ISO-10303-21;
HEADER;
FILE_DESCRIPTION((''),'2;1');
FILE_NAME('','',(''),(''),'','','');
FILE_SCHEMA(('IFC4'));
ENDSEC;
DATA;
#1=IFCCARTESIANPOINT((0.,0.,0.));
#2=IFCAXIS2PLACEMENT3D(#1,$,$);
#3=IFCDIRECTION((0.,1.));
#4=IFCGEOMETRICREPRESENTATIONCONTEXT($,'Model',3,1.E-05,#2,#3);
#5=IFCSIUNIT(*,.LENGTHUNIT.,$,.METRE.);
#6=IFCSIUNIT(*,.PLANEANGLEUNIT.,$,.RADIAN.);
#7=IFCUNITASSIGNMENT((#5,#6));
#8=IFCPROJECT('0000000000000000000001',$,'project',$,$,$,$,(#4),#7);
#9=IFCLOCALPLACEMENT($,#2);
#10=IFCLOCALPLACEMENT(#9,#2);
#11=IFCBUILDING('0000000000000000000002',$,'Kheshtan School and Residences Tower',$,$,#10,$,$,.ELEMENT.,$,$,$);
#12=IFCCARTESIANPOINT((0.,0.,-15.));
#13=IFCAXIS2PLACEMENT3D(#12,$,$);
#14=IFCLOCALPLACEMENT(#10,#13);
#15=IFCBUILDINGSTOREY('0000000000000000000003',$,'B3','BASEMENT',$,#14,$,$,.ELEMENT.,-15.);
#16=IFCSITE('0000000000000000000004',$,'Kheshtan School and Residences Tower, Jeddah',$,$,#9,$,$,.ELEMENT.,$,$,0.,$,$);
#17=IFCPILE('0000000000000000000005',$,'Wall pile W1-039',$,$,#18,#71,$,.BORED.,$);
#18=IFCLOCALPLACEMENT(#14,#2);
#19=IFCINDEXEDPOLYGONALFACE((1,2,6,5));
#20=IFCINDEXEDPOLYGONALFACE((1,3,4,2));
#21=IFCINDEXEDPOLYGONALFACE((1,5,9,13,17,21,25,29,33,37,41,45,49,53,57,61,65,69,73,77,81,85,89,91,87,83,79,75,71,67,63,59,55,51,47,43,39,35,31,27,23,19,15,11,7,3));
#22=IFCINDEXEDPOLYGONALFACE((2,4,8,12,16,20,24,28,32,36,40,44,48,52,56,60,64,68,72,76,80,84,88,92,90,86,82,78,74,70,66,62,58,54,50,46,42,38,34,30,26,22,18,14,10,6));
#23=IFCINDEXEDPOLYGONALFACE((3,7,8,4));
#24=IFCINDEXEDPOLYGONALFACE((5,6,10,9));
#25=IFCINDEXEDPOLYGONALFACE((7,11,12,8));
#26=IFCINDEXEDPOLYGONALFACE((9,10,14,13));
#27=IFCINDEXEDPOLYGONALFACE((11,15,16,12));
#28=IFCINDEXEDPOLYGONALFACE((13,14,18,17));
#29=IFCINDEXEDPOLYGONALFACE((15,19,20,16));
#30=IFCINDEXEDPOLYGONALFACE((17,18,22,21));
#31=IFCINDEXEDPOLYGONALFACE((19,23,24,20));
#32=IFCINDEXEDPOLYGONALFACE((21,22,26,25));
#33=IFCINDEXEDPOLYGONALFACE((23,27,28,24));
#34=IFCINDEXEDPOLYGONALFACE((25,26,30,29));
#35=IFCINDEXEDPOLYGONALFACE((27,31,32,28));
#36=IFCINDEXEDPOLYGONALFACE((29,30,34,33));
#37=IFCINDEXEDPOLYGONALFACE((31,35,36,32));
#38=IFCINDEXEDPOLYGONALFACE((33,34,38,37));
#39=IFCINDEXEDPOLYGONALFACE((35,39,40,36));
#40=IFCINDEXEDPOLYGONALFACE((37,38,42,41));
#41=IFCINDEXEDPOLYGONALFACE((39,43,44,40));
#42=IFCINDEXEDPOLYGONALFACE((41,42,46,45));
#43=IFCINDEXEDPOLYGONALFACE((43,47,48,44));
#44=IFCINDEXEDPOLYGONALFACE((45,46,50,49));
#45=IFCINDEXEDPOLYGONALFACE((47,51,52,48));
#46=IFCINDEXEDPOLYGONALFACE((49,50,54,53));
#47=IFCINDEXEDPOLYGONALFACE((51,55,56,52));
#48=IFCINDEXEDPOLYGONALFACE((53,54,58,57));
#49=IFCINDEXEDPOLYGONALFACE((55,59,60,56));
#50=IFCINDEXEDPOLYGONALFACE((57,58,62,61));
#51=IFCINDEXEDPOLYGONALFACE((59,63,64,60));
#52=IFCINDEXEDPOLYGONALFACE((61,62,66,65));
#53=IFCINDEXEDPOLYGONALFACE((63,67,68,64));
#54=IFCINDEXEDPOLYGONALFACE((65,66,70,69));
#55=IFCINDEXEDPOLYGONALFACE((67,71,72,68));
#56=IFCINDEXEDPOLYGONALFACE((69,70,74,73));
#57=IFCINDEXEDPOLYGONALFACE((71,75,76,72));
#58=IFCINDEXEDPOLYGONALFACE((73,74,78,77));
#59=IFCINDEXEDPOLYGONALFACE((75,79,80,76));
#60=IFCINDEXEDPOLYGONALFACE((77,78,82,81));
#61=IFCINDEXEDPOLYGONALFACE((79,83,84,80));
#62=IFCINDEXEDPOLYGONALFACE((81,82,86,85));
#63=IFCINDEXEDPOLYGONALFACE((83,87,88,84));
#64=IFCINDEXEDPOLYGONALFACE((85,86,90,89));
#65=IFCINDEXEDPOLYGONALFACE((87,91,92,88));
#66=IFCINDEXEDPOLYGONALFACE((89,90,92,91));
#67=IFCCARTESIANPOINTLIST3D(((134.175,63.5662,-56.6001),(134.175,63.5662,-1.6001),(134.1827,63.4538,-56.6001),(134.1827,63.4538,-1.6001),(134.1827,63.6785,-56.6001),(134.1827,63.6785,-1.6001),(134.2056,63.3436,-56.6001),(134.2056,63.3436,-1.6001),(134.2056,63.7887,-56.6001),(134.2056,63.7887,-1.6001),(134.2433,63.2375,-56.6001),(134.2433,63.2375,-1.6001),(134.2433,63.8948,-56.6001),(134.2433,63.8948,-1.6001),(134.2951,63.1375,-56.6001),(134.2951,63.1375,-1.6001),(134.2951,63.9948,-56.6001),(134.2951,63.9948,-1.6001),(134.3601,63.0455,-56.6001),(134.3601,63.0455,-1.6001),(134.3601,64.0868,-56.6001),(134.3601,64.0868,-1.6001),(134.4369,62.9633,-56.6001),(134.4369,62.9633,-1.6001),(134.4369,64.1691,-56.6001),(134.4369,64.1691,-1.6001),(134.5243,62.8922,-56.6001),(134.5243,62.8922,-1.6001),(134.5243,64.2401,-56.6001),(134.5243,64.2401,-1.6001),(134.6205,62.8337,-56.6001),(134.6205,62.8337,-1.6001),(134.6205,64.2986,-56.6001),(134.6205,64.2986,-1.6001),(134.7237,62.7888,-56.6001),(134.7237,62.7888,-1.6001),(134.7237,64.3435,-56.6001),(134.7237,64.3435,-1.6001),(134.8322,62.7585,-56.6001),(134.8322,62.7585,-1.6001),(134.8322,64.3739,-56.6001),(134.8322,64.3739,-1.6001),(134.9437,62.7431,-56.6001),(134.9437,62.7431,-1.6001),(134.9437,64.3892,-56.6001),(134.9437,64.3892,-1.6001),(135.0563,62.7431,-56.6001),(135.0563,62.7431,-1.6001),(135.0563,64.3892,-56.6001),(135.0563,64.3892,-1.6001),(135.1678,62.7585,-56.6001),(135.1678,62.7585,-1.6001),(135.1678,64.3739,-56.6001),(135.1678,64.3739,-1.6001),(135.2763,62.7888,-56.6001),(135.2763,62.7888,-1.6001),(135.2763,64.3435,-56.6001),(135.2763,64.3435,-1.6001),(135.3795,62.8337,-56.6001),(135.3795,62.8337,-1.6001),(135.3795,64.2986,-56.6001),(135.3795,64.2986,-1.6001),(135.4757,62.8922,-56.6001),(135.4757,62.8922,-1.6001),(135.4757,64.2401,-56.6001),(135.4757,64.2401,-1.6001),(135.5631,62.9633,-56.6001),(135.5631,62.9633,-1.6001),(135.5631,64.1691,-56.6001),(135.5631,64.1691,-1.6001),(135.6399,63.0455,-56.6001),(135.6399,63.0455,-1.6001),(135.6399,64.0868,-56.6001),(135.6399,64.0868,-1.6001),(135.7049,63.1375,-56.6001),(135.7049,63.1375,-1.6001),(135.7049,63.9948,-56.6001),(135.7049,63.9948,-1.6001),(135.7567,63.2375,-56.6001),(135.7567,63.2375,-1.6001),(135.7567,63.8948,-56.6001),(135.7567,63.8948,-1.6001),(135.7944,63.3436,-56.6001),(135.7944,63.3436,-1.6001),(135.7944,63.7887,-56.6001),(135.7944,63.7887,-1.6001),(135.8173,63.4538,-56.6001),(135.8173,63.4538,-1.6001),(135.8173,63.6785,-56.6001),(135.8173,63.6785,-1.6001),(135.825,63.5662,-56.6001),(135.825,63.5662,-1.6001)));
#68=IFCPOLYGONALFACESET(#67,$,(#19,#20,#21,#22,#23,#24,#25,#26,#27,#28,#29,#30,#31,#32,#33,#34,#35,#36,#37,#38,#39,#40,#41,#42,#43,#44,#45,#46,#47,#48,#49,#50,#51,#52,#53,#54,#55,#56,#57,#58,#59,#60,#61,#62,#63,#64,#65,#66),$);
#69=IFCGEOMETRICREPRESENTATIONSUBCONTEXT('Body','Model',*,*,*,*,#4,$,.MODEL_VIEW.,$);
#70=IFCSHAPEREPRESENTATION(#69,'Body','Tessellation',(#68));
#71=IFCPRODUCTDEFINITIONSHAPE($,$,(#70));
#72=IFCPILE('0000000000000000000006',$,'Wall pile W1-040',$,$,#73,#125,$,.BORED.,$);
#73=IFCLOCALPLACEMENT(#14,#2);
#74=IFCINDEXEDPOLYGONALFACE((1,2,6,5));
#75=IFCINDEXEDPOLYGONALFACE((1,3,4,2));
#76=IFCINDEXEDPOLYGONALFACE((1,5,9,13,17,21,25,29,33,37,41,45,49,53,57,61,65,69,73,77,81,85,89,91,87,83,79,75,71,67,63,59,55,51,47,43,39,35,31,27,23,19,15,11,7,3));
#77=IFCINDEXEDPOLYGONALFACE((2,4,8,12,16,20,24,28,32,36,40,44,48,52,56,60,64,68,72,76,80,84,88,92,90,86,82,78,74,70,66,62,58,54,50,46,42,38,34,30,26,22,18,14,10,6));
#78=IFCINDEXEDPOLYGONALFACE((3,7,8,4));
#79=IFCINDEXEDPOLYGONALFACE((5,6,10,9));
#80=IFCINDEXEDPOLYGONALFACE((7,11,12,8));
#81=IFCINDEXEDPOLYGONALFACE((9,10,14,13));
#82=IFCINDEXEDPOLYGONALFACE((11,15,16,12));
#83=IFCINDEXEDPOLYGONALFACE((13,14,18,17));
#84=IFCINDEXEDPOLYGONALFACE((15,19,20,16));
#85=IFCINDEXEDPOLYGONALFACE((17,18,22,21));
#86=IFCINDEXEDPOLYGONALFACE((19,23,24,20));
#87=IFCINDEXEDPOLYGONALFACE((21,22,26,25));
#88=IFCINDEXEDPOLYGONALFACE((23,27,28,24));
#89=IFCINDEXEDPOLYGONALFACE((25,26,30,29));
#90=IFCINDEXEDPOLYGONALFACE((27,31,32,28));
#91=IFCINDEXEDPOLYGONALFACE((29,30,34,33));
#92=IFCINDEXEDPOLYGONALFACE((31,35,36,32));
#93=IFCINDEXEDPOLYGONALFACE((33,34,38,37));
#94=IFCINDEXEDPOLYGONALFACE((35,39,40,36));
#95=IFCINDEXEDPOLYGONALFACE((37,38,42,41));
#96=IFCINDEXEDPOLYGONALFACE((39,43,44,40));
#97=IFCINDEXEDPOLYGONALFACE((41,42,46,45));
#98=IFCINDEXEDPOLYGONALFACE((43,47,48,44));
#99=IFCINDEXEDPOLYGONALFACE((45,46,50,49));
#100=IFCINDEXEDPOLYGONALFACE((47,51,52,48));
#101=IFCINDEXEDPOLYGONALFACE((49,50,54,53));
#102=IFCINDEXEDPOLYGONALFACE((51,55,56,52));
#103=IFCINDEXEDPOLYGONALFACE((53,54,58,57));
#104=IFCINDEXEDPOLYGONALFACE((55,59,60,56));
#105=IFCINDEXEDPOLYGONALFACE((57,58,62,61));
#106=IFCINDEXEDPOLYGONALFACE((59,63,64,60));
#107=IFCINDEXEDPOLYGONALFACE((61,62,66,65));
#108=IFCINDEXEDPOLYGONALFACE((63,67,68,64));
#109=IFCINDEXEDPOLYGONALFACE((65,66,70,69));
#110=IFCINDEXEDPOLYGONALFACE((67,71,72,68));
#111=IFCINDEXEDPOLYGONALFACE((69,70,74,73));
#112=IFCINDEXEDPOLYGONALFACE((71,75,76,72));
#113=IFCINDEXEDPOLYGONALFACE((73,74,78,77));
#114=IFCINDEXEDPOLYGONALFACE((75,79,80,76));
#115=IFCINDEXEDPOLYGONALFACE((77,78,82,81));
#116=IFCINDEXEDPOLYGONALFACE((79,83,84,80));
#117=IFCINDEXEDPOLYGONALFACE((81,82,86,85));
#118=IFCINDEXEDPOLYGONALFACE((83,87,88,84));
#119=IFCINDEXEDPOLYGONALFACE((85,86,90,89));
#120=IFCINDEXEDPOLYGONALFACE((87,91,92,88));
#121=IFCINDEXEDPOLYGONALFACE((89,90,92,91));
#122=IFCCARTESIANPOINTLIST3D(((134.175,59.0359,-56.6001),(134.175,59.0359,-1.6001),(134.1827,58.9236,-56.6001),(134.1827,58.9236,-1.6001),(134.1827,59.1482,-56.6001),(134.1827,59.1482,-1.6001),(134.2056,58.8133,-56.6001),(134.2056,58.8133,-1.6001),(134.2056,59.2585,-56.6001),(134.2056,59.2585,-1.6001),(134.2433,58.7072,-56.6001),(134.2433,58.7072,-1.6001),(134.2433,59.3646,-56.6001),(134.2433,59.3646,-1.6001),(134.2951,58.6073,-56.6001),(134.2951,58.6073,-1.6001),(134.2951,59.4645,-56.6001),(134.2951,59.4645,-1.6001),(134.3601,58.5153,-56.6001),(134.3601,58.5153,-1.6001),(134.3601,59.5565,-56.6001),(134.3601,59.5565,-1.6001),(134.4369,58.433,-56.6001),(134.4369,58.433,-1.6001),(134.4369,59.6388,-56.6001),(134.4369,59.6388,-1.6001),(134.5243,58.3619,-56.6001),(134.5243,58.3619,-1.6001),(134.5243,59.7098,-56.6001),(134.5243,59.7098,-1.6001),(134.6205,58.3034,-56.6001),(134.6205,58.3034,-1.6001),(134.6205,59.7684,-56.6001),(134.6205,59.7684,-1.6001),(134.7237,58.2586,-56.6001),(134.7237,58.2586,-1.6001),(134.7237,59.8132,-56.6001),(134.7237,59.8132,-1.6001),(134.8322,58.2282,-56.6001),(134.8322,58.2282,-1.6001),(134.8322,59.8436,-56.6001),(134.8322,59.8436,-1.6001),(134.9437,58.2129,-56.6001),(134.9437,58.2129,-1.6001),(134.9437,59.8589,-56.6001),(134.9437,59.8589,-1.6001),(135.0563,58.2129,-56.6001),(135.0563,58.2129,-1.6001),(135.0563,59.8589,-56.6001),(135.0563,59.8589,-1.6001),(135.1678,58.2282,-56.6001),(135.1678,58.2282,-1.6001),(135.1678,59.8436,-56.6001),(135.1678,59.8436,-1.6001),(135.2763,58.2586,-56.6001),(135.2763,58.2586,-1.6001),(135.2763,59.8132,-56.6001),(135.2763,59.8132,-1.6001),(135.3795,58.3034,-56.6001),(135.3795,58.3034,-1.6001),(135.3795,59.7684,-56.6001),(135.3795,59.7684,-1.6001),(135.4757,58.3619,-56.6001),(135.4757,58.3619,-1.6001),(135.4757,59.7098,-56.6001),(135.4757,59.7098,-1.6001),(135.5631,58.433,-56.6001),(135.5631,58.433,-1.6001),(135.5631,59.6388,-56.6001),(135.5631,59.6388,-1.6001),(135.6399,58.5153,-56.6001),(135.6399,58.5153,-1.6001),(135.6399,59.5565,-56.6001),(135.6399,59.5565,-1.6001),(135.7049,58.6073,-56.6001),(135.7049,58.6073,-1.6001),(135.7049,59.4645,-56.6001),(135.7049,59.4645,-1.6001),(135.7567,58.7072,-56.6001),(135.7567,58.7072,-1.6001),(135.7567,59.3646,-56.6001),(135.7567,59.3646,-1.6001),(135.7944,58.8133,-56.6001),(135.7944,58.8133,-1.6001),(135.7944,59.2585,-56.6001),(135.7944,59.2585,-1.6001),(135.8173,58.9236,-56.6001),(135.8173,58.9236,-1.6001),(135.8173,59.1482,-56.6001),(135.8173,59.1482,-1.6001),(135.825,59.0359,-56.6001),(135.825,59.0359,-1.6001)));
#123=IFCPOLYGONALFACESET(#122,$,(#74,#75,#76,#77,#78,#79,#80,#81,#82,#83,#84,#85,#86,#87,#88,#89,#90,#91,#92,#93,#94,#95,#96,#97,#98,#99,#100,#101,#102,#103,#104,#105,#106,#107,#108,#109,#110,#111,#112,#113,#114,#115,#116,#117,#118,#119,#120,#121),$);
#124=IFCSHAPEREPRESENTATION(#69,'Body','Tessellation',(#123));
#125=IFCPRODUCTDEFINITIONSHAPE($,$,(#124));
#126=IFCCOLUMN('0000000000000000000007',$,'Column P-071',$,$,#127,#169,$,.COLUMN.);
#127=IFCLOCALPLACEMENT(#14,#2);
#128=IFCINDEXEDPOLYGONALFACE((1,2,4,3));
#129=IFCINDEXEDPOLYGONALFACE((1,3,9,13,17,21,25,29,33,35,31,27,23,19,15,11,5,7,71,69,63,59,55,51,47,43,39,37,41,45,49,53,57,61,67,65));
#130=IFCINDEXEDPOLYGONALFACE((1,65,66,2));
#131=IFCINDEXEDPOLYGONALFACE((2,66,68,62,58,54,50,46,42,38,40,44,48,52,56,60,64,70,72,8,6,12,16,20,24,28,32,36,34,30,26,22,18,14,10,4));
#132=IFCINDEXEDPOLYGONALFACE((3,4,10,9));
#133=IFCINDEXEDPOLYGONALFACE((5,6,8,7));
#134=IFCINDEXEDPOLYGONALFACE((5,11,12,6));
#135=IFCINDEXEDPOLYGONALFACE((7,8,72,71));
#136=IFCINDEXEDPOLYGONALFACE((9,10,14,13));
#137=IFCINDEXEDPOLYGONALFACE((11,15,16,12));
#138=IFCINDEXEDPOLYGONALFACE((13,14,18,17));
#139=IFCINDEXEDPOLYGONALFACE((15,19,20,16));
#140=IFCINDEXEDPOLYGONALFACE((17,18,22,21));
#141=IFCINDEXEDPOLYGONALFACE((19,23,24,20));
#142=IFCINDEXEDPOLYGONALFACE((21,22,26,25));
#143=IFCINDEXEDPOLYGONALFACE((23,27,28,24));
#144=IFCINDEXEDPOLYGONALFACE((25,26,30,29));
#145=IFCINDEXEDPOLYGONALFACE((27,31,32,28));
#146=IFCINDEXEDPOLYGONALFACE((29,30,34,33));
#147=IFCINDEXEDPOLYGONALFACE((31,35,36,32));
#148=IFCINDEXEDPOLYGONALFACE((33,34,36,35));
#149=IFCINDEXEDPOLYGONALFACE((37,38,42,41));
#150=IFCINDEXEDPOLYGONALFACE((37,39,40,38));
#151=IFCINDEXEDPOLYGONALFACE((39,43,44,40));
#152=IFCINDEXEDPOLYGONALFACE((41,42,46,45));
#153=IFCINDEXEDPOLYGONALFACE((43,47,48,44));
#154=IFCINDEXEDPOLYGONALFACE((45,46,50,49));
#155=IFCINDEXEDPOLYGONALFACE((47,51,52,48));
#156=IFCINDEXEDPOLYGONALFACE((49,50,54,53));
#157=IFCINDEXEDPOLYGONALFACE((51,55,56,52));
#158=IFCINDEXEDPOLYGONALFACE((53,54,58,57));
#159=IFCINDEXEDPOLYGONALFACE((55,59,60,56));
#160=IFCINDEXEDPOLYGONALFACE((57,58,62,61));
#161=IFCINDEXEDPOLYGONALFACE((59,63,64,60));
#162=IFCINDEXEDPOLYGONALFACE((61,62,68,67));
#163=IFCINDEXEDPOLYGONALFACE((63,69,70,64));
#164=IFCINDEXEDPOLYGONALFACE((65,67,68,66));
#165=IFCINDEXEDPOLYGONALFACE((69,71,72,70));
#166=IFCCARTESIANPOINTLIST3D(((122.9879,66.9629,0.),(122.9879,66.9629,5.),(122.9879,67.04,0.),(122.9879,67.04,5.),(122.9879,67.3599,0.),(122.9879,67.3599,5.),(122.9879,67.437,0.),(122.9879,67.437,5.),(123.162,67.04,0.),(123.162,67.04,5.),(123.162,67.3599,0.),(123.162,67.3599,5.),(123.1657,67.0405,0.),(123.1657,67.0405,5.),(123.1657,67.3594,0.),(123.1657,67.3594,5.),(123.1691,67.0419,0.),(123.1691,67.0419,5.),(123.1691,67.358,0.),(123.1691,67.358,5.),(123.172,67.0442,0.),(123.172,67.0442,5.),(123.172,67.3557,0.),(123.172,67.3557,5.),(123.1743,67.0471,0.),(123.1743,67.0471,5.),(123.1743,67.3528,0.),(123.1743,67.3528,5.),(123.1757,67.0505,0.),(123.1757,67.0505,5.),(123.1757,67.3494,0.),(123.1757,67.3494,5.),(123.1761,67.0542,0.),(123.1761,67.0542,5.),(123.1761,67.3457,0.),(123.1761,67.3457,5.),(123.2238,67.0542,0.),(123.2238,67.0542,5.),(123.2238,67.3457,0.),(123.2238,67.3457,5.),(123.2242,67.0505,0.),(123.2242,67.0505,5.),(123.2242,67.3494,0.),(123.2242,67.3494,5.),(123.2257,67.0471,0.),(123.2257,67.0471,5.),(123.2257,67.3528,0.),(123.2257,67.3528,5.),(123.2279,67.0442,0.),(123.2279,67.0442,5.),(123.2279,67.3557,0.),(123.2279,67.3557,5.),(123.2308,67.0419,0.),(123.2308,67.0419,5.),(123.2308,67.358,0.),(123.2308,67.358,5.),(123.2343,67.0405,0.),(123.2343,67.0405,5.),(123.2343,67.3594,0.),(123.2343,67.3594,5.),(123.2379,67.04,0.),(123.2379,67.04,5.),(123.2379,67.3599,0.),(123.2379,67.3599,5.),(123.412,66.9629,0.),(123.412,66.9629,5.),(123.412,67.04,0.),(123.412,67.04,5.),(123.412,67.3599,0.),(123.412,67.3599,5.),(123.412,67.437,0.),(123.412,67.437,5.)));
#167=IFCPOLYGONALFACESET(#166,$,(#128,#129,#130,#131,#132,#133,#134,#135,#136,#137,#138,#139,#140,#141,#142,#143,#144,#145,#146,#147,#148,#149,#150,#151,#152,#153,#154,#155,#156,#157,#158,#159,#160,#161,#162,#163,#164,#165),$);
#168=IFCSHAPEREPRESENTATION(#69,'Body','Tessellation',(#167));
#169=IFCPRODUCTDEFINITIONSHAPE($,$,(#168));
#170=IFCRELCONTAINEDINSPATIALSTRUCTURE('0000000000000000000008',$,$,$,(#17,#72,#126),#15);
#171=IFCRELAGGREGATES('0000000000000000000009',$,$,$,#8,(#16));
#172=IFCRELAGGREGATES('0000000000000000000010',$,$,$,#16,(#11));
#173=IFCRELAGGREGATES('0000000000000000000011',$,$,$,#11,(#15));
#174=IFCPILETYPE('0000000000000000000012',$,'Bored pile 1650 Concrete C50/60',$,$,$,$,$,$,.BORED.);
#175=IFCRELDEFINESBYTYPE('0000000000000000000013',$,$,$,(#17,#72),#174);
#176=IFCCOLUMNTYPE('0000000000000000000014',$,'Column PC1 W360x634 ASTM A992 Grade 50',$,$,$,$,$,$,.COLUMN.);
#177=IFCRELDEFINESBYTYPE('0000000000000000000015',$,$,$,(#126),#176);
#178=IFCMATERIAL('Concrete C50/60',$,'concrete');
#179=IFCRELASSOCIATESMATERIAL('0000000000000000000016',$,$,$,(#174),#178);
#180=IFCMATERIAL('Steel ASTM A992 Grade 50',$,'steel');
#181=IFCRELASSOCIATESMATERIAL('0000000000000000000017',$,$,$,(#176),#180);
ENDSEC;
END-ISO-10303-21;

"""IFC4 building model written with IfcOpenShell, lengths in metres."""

from ifc_helpers import new_model, si_unit, direction, frame, origin, origin_2d, place, context, subcontext, project, spatial, circle, i_section, extrude, material, material_profile, profile_set, type_object, element, save


model = new_model("IFC4")

# Units and contexts
model_context = context("Model", 3, precision=1e-05, world=origin(), true_north=direction((0.0, 1.0)))
body_context = subcontext(model_context, "Body", "Model", "MODEL_VIEW")
ifc_project = project(units=[si_unit("LENGTHUNIT", "METRE"), si_unit("PLANEANGLEUNIT", "RADIAN")], contexts=[model_context])

# Site, building, storey
site_placement = place(None, origin())
site = spatial("IfcSite", under=ifc_project, at=site_placement, Name="Kheshtan School and Residences Tower, Jeddah", CompositionType="ELEMENT", RefElevation=0.0)
building_placement = place(site_placement, origin())
building = spatial("IfcBuilding", under=site, at=building_placement, Name="Kheshtan School and Residences Tower", CompositionType="ELEMENT")
storey_placement = place(building_placement, frame((0.0, 0.0, -15.0)))
storey = spatial("IfcBuildingStorey", under=building, at=storey_placement, Name="B3", Description="BASEMENT", CompositionType="ELEMENT", Elevation=-15.0)

# Piles
ifc_material_1 = material(Name="Concrete C50/60", Category="concrete")
ifc_material_profile_1 = material_profile(ifc_material_1, circle(Radius=0.825, at=origin_2d()), Name="BP 1650")
ifc_profile_set_1 = profile_set([ifc_material_profile_1], Name="Concrete C50/60")
pile_type_1 = type_object("IfcPileType", Name="Bored pile 1650 Concrete C50/60", PredefinedType="BORED", material=ifc_profile_set_1)
for number, where, z_axis, x_axis, name in (
    (1, (135.0, 63.5662, -1.6001), (0.0, 0.0, -1.0), (1.0, 0.0, 0.0), "Wall pile W1-039"),
    (2, (135.0, 59.0359, -1.6001), (0.0, 0.0, -1.0), (1.0, 0.0, 0.0), "Wall pile W1-040"),
):
    element("IfcPile", number, at=place(storey_placement, frame(where, z_axis=z_axis, x_axis=x_axis)), inside=storey, type_object=pile_type_1, Name=name, PredefinedType="BORED", context=body_context, shape_type="SweptSolid", body=[
        extrude(circle(Radius=0.825, at=origin_2d()), origin(), (0.0, 0.0, 1.0), 55.0),
    ])

# Column
ifc_material_2 = material(Name="Steel ASTM A992 Grade 50", Category="steel")
ifc_material_profile_2 = material_profile(ifc_material_2, i_section(OverallWidth=0.4241, OverallDepth=0.4741, WebThickness=0.0476, FlangeThickness=0.0771, FilletRadius=0.0142, at=origin_2d()), Name="W360x634")
ifc_profile_set_2 = profile_set([ifc_material_profile_2], Name="Steel ASTM A992 Grade 50")
column_type = type_object("IfcColumnType", Name="Column PC1 W360x634 ASTM A992 Grade 50", PredefinedType="COLUMN", material=ifc_profile_set_2)
for number, where, z_axis, x_axis, name in (
    (3, (123.2, 67.2, 0.0), (0.0, 0.0, 1.0), (1.0, 0.0, 0.0), "Column P-071"),
):
    element("IfcColumn", number, at=place(storey_placement, frame(where, z_axis=z_axis, x_axis=x_axis)), inside=storey, type_object=column_type, Name=name, PredefinedType="COLUMN", context=body_context, shape_type="SweptSolid", body=[
        extrude(i_section(OverallWidth=0.4241, OverallDepth=0.4741, WebThickness=0.0476, FlangeThickness=0.0771, FilletRadius=0.0142, at=origin_2d()), origin(), (0.0, 0.0, 1.0), 5.0),
    ])

save(model, "model.ifc")
